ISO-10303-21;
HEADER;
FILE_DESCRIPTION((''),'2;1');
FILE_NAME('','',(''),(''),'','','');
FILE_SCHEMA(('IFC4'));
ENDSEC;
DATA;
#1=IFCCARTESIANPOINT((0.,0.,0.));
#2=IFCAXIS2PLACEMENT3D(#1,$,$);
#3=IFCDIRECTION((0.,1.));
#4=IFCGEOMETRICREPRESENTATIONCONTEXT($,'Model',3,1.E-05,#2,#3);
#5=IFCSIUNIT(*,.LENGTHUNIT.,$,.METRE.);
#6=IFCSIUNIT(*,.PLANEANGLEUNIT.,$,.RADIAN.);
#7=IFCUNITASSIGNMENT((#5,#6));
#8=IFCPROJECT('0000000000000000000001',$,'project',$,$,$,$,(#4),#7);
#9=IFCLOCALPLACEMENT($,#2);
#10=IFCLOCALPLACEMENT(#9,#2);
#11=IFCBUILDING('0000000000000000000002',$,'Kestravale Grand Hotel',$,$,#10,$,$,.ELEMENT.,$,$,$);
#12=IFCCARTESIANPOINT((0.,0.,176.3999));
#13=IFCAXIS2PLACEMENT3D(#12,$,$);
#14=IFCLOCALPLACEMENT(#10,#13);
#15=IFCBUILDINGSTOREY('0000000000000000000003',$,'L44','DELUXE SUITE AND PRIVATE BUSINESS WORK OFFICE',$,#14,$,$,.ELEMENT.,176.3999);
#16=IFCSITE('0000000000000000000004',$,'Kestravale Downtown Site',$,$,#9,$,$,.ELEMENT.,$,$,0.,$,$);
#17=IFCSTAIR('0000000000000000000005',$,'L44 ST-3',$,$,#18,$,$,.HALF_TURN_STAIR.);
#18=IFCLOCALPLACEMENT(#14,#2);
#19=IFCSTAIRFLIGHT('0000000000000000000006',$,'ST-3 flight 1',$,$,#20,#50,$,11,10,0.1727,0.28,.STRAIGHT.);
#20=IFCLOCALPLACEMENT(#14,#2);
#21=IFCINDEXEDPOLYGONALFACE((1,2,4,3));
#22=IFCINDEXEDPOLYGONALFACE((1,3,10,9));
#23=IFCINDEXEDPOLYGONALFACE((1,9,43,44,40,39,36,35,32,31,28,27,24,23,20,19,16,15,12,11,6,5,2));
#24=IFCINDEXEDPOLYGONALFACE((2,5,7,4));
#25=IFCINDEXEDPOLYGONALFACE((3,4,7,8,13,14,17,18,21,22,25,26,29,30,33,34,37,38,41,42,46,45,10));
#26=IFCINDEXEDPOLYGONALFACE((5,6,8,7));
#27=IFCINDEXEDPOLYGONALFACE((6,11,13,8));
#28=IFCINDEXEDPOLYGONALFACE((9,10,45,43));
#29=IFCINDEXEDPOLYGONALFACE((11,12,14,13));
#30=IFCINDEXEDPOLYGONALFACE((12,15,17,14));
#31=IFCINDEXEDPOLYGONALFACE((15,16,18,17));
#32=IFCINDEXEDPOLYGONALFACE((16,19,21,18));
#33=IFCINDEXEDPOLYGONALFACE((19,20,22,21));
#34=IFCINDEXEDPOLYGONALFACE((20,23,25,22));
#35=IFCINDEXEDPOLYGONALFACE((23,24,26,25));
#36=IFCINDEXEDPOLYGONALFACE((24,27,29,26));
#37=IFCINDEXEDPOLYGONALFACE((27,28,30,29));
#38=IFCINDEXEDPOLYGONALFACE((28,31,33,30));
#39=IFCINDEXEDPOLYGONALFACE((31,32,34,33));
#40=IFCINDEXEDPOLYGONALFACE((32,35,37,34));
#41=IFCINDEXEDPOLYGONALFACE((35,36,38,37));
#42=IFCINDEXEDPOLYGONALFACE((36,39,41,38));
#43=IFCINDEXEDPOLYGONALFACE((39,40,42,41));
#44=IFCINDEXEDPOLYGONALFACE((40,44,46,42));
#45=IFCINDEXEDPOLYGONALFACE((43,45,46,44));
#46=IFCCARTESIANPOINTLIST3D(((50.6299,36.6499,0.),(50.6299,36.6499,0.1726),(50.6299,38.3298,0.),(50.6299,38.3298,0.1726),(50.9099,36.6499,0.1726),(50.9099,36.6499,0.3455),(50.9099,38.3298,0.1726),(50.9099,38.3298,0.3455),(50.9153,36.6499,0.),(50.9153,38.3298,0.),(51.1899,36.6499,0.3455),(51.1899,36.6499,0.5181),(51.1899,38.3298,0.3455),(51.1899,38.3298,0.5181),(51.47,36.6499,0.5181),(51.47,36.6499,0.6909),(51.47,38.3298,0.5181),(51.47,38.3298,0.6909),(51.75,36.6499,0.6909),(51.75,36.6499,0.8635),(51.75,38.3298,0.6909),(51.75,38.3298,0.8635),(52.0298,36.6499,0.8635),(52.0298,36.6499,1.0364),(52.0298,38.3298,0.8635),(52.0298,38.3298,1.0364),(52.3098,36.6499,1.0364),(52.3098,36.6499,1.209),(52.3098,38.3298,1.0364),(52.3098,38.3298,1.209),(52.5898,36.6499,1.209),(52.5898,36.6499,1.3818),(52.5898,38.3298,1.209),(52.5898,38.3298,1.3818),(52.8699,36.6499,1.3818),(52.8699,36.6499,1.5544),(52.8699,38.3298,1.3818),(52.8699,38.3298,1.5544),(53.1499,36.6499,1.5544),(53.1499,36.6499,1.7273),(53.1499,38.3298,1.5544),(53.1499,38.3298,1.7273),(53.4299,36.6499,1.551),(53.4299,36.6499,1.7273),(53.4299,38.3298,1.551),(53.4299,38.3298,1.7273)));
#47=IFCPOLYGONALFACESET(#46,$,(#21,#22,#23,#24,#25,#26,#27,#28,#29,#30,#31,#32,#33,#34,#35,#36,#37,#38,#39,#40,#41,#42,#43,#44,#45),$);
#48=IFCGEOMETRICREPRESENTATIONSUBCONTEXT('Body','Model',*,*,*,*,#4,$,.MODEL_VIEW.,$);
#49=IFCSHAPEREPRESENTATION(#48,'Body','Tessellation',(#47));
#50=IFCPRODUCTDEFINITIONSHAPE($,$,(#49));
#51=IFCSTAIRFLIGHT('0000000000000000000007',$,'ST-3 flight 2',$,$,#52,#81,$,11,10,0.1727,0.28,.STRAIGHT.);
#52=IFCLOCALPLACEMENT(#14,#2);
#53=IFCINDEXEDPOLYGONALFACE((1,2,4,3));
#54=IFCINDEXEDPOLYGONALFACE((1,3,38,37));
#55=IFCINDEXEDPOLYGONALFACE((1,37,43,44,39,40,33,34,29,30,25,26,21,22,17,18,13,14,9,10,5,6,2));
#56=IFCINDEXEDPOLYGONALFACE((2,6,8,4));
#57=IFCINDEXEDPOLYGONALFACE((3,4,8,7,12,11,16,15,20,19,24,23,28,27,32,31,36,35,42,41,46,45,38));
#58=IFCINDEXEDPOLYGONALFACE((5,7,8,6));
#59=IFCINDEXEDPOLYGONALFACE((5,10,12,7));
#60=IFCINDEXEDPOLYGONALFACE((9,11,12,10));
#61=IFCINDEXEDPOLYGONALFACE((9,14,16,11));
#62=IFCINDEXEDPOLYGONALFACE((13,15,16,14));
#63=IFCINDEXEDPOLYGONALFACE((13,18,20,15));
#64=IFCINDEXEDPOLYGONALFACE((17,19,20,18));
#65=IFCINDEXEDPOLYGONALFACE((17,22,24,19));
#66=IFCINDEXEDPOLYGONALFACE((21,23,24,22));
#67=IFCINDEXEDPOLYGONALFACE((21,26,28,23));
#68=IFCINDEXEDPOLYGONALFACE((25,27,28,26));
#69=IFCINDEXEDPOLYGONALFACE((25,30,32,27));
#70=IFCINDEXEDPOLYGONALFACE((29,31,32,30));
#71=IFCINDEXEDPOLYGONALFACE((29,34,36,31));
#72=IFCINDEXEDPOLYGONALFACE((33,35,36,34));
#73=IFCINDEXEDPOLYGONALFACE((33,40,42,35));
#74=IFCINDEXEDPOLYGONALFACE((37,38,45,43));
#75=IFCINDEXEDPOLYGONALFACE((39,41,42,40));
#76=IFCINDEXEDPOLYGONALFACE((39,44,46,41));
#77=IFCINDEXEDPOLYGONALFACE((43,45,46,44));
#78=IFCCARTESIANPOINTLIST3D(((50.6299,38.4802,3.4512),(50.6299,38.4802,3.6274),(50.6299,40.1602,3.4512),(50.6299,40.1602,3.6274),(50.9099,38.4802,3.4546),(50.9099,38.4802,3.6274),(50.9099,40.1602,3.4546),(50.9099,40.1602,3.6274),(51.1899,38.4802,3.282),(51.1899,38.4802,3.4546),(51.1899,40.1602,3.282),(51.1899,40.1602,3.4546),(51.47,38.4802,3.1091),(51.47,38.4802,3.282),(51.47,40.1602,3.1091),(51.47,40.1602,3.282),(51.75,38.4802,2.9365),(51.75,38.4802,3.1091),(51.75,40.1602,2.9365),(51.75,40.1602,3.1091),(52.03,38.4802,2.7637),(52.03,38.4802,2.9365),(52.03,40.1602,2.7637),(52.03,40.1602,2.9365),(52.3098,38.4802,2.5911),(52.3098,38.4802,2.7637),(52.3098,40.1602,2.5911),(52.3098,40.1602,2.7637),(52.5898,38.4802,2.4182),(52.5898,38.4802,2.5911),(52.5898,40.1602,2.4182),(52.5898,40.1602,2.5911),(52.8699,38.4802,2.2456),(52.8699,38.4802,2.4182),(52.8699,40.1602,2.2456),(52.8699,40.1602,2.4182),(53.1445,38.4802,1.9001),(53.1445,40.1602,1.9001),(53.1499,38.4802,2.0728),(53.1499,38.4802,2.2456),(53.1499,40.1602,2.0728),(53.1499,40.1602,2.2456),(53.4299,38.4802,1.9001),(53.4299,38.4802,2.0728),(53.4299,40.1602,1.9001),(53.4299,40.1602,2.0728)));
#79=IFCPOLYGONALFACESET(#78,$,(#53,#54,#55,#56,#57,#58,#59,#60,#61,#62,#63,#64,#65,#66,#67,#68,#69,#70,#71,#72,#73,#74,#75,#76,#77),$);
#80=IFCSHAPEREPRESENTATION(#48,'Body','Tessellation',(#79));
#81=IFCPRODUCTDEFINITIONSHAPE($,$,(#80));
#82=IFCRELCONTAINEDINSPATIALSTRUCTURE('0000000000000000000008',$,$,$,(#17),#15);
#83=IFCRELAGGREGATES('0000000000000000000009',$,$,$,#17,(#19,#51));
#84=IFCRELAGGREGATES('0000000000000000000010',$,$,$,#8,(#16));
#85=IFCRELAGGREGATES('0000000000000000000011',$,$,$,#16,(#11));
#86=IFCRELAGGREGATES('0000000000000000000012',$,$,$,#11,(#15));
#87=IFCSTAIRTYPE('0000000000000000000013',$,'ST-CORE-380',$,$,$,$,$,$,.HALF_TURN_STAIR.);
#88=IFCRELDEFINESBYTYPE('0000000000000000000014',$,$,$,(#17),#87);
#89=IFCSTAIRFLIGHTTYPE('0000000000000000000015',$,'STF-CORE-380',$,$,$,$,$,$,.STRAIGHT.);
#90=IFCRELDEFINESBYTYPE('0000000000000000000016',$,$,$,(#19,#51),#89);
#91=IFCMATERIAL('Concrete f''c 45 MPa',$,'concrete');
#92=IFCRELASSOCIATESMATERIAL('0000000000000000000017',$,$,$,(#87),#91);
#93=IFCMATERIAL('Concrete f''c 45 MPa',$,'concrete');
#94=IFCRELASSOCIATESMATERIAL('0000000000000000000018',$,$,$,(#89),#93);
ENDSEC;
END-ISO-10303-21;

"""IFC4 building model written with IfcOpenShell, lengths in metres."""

from ifc_helpers import new_model, si_unit, direction, frame, origin, place, context, subcontext, project, spatial, polyline, outline, extrude, material, type_object, element, aggregate, save


model = new_model("IFC4")

# Units and contexts
model_context = context("Model", 3, precision=1e-05, world=origin(), true_north=direction((0.0, 1.0)))
body_context = subcontext(model_context, "Body", "Model", "MODEL_VIEW")
ifc_project = project(units=[si_unit("LENGTHUNIT", "METRE"), si_unit("PLANEANGLEUNIT", "RADIAN")], contexts=[model_context])

# Site, building, storey
site_placement = place(None, origin())
site = spatial("IfcSite", under=ifc_project, at=site_placement, Name="Kestravale Downtown Site", CompositionType="ELEMENT", RefElevation=0.0)
building_placement = place(site_placement, origin())
building = spatial("IfcBuilding", under=site, at=building_placement, Name="Kestravale Grand Hotel", CompositionType="ELEMENT")
storey_placement = place(building_placement, frame((0.0, 0.0, 176.3999)))
storey = spatial("IfcBuildingStorey", under=building, at=storey_placement, Name="L44", Description="DELUXE SUITE AND PRIVATE BUSINESS WORK OFFICE", CompositionType="ELEMENT", Elevation=176.3999)

# Stair, stair flights
ifc_material_1 = material(Name="Concrete f'c 45 MPa", Category="concrete")
stair_type = type_object("IfcStairType", Name="ST-CORE-380", PredefinedType="HALF_TURN_STAIR", material=ifc_material_1)
stair_placement = place(storey_placement, origin())
stair = element("IfcStair", 1, at=stair_placement, inside=storey, type_object=stair_type, Name="L44 ST-3", PredefinedType="HALF_TURN_STAIR")
ifc_material_2 = material(Name="Concrete f'c 45 MPa", Category="concrete")
stair_flight_type = type_object("IfcStairFlightType", Name="STF-CORE-380", PredefinedType="STRAIGHT", material=ifc_material_2)
stair_flight_1_placement = place(storey_placement, frame((50.6299, 37.49, 0.0), z_axis=(0.0, 0.0, 1.0), x_axis=(1.0, 0.0, 0.0)))
stair_flight_1 = element("IfcStairFlight", 2, at=stair_flight_1_placement, type_object=stair_flight_type, Name="ST-3 flight 1", NumberOfRisers=11, NumberOfTreads=10, PredefinedType="STRAIGHT", RiserHeight=0.1727, TreadLength=0.28, context=body_context, shape_type="SweptSolid", body=[
    extrude(outline(polyline([(0.0, 0.0), (0.0, 0.1726), (0.28, 0.1726), (0.28, 0.3455), (0.5601, 0.3455), (0.5601, 0.5181), (0.8401, 0.5181), (0.8401, 0.6909), (1.1201, 0.6909), (1.1201, 0.8635), (1.3999, 0.8635), (1.3999, 1.0364), (1.6799, 1.0364), (1.6799, 1.209), (1.96, 1.209), (1.96, 1.3818), (2.24, 1.3818), (2.24, 1.5544), (2.52, 1.5544), (2.52, 1.7273), (2.8, 1.7273), (2.8, 1.8999), (2.8, 1.551), (0.2854, 0.0), (0.0, 0.0)])), frame((0.0, 0.8398, 0.0), z_axis=(0.0, -1.0, 0.0), x_axis=(1.0, 0.0, 0.0)), (0.0, 0.0, 1.0), 1.6799),
])
stair_flight_2_placement = place(storey_placement, frame((53.4299, 39.3201, 1.9001), z_axis=(0.0, 0.0, 1.0), x_axis=(-1.0, 0.0, 0.0)))
stair_flight_2 = element("IfcStairFlight", 3, at=stair_flight_2_placement, type_object=stair_flight_type, Name="ST-3 flight 2", NumberOfRisers=11, NumberOfTreads=10, PredefinedType="STRAIGHT", RiserHeight=0.1727, TreadLength=0.28, context=body_context, shape_type="SweptSolid", body=[
    extrude(outline(polyline([(0.0, 0.0), (0.0, 0.1726), (0.28, 0.1726), (0.28, 0.3455), (0.5601, 0.3455), (0.5601, 0.5181), (0.8401, 0.5181), (0.8401, 0.6909), (1.1201, 0.6909), (1.1201, 0.8635), (1.3999, 0.8635), (1.3999, 1.0364), (1.6799, 1.0364), (1.6799, 1.209), (1.96, 1.209), (1.96, 1.3818), (2.24, 1.3818), (2.24, 1.5544), (2.52, 1.5544), (2.52, 1.7273), (2.8, 1.7273), (2.8, 1.8999), (2.8, 1.551), (0.2854, 0.0), (0.0, 0.0)])), frame((0.0, 0.8398, 0.0), z_axis=(0.0, -1.0, 0.0), x_axis=(1.0, 0.0, 0.0)), (0.0, 0.0, 1.0), 1.6799),
])
aggregate(stair, [stair_flight_1, stair_flight_2])

save(model, "model.ifc")
